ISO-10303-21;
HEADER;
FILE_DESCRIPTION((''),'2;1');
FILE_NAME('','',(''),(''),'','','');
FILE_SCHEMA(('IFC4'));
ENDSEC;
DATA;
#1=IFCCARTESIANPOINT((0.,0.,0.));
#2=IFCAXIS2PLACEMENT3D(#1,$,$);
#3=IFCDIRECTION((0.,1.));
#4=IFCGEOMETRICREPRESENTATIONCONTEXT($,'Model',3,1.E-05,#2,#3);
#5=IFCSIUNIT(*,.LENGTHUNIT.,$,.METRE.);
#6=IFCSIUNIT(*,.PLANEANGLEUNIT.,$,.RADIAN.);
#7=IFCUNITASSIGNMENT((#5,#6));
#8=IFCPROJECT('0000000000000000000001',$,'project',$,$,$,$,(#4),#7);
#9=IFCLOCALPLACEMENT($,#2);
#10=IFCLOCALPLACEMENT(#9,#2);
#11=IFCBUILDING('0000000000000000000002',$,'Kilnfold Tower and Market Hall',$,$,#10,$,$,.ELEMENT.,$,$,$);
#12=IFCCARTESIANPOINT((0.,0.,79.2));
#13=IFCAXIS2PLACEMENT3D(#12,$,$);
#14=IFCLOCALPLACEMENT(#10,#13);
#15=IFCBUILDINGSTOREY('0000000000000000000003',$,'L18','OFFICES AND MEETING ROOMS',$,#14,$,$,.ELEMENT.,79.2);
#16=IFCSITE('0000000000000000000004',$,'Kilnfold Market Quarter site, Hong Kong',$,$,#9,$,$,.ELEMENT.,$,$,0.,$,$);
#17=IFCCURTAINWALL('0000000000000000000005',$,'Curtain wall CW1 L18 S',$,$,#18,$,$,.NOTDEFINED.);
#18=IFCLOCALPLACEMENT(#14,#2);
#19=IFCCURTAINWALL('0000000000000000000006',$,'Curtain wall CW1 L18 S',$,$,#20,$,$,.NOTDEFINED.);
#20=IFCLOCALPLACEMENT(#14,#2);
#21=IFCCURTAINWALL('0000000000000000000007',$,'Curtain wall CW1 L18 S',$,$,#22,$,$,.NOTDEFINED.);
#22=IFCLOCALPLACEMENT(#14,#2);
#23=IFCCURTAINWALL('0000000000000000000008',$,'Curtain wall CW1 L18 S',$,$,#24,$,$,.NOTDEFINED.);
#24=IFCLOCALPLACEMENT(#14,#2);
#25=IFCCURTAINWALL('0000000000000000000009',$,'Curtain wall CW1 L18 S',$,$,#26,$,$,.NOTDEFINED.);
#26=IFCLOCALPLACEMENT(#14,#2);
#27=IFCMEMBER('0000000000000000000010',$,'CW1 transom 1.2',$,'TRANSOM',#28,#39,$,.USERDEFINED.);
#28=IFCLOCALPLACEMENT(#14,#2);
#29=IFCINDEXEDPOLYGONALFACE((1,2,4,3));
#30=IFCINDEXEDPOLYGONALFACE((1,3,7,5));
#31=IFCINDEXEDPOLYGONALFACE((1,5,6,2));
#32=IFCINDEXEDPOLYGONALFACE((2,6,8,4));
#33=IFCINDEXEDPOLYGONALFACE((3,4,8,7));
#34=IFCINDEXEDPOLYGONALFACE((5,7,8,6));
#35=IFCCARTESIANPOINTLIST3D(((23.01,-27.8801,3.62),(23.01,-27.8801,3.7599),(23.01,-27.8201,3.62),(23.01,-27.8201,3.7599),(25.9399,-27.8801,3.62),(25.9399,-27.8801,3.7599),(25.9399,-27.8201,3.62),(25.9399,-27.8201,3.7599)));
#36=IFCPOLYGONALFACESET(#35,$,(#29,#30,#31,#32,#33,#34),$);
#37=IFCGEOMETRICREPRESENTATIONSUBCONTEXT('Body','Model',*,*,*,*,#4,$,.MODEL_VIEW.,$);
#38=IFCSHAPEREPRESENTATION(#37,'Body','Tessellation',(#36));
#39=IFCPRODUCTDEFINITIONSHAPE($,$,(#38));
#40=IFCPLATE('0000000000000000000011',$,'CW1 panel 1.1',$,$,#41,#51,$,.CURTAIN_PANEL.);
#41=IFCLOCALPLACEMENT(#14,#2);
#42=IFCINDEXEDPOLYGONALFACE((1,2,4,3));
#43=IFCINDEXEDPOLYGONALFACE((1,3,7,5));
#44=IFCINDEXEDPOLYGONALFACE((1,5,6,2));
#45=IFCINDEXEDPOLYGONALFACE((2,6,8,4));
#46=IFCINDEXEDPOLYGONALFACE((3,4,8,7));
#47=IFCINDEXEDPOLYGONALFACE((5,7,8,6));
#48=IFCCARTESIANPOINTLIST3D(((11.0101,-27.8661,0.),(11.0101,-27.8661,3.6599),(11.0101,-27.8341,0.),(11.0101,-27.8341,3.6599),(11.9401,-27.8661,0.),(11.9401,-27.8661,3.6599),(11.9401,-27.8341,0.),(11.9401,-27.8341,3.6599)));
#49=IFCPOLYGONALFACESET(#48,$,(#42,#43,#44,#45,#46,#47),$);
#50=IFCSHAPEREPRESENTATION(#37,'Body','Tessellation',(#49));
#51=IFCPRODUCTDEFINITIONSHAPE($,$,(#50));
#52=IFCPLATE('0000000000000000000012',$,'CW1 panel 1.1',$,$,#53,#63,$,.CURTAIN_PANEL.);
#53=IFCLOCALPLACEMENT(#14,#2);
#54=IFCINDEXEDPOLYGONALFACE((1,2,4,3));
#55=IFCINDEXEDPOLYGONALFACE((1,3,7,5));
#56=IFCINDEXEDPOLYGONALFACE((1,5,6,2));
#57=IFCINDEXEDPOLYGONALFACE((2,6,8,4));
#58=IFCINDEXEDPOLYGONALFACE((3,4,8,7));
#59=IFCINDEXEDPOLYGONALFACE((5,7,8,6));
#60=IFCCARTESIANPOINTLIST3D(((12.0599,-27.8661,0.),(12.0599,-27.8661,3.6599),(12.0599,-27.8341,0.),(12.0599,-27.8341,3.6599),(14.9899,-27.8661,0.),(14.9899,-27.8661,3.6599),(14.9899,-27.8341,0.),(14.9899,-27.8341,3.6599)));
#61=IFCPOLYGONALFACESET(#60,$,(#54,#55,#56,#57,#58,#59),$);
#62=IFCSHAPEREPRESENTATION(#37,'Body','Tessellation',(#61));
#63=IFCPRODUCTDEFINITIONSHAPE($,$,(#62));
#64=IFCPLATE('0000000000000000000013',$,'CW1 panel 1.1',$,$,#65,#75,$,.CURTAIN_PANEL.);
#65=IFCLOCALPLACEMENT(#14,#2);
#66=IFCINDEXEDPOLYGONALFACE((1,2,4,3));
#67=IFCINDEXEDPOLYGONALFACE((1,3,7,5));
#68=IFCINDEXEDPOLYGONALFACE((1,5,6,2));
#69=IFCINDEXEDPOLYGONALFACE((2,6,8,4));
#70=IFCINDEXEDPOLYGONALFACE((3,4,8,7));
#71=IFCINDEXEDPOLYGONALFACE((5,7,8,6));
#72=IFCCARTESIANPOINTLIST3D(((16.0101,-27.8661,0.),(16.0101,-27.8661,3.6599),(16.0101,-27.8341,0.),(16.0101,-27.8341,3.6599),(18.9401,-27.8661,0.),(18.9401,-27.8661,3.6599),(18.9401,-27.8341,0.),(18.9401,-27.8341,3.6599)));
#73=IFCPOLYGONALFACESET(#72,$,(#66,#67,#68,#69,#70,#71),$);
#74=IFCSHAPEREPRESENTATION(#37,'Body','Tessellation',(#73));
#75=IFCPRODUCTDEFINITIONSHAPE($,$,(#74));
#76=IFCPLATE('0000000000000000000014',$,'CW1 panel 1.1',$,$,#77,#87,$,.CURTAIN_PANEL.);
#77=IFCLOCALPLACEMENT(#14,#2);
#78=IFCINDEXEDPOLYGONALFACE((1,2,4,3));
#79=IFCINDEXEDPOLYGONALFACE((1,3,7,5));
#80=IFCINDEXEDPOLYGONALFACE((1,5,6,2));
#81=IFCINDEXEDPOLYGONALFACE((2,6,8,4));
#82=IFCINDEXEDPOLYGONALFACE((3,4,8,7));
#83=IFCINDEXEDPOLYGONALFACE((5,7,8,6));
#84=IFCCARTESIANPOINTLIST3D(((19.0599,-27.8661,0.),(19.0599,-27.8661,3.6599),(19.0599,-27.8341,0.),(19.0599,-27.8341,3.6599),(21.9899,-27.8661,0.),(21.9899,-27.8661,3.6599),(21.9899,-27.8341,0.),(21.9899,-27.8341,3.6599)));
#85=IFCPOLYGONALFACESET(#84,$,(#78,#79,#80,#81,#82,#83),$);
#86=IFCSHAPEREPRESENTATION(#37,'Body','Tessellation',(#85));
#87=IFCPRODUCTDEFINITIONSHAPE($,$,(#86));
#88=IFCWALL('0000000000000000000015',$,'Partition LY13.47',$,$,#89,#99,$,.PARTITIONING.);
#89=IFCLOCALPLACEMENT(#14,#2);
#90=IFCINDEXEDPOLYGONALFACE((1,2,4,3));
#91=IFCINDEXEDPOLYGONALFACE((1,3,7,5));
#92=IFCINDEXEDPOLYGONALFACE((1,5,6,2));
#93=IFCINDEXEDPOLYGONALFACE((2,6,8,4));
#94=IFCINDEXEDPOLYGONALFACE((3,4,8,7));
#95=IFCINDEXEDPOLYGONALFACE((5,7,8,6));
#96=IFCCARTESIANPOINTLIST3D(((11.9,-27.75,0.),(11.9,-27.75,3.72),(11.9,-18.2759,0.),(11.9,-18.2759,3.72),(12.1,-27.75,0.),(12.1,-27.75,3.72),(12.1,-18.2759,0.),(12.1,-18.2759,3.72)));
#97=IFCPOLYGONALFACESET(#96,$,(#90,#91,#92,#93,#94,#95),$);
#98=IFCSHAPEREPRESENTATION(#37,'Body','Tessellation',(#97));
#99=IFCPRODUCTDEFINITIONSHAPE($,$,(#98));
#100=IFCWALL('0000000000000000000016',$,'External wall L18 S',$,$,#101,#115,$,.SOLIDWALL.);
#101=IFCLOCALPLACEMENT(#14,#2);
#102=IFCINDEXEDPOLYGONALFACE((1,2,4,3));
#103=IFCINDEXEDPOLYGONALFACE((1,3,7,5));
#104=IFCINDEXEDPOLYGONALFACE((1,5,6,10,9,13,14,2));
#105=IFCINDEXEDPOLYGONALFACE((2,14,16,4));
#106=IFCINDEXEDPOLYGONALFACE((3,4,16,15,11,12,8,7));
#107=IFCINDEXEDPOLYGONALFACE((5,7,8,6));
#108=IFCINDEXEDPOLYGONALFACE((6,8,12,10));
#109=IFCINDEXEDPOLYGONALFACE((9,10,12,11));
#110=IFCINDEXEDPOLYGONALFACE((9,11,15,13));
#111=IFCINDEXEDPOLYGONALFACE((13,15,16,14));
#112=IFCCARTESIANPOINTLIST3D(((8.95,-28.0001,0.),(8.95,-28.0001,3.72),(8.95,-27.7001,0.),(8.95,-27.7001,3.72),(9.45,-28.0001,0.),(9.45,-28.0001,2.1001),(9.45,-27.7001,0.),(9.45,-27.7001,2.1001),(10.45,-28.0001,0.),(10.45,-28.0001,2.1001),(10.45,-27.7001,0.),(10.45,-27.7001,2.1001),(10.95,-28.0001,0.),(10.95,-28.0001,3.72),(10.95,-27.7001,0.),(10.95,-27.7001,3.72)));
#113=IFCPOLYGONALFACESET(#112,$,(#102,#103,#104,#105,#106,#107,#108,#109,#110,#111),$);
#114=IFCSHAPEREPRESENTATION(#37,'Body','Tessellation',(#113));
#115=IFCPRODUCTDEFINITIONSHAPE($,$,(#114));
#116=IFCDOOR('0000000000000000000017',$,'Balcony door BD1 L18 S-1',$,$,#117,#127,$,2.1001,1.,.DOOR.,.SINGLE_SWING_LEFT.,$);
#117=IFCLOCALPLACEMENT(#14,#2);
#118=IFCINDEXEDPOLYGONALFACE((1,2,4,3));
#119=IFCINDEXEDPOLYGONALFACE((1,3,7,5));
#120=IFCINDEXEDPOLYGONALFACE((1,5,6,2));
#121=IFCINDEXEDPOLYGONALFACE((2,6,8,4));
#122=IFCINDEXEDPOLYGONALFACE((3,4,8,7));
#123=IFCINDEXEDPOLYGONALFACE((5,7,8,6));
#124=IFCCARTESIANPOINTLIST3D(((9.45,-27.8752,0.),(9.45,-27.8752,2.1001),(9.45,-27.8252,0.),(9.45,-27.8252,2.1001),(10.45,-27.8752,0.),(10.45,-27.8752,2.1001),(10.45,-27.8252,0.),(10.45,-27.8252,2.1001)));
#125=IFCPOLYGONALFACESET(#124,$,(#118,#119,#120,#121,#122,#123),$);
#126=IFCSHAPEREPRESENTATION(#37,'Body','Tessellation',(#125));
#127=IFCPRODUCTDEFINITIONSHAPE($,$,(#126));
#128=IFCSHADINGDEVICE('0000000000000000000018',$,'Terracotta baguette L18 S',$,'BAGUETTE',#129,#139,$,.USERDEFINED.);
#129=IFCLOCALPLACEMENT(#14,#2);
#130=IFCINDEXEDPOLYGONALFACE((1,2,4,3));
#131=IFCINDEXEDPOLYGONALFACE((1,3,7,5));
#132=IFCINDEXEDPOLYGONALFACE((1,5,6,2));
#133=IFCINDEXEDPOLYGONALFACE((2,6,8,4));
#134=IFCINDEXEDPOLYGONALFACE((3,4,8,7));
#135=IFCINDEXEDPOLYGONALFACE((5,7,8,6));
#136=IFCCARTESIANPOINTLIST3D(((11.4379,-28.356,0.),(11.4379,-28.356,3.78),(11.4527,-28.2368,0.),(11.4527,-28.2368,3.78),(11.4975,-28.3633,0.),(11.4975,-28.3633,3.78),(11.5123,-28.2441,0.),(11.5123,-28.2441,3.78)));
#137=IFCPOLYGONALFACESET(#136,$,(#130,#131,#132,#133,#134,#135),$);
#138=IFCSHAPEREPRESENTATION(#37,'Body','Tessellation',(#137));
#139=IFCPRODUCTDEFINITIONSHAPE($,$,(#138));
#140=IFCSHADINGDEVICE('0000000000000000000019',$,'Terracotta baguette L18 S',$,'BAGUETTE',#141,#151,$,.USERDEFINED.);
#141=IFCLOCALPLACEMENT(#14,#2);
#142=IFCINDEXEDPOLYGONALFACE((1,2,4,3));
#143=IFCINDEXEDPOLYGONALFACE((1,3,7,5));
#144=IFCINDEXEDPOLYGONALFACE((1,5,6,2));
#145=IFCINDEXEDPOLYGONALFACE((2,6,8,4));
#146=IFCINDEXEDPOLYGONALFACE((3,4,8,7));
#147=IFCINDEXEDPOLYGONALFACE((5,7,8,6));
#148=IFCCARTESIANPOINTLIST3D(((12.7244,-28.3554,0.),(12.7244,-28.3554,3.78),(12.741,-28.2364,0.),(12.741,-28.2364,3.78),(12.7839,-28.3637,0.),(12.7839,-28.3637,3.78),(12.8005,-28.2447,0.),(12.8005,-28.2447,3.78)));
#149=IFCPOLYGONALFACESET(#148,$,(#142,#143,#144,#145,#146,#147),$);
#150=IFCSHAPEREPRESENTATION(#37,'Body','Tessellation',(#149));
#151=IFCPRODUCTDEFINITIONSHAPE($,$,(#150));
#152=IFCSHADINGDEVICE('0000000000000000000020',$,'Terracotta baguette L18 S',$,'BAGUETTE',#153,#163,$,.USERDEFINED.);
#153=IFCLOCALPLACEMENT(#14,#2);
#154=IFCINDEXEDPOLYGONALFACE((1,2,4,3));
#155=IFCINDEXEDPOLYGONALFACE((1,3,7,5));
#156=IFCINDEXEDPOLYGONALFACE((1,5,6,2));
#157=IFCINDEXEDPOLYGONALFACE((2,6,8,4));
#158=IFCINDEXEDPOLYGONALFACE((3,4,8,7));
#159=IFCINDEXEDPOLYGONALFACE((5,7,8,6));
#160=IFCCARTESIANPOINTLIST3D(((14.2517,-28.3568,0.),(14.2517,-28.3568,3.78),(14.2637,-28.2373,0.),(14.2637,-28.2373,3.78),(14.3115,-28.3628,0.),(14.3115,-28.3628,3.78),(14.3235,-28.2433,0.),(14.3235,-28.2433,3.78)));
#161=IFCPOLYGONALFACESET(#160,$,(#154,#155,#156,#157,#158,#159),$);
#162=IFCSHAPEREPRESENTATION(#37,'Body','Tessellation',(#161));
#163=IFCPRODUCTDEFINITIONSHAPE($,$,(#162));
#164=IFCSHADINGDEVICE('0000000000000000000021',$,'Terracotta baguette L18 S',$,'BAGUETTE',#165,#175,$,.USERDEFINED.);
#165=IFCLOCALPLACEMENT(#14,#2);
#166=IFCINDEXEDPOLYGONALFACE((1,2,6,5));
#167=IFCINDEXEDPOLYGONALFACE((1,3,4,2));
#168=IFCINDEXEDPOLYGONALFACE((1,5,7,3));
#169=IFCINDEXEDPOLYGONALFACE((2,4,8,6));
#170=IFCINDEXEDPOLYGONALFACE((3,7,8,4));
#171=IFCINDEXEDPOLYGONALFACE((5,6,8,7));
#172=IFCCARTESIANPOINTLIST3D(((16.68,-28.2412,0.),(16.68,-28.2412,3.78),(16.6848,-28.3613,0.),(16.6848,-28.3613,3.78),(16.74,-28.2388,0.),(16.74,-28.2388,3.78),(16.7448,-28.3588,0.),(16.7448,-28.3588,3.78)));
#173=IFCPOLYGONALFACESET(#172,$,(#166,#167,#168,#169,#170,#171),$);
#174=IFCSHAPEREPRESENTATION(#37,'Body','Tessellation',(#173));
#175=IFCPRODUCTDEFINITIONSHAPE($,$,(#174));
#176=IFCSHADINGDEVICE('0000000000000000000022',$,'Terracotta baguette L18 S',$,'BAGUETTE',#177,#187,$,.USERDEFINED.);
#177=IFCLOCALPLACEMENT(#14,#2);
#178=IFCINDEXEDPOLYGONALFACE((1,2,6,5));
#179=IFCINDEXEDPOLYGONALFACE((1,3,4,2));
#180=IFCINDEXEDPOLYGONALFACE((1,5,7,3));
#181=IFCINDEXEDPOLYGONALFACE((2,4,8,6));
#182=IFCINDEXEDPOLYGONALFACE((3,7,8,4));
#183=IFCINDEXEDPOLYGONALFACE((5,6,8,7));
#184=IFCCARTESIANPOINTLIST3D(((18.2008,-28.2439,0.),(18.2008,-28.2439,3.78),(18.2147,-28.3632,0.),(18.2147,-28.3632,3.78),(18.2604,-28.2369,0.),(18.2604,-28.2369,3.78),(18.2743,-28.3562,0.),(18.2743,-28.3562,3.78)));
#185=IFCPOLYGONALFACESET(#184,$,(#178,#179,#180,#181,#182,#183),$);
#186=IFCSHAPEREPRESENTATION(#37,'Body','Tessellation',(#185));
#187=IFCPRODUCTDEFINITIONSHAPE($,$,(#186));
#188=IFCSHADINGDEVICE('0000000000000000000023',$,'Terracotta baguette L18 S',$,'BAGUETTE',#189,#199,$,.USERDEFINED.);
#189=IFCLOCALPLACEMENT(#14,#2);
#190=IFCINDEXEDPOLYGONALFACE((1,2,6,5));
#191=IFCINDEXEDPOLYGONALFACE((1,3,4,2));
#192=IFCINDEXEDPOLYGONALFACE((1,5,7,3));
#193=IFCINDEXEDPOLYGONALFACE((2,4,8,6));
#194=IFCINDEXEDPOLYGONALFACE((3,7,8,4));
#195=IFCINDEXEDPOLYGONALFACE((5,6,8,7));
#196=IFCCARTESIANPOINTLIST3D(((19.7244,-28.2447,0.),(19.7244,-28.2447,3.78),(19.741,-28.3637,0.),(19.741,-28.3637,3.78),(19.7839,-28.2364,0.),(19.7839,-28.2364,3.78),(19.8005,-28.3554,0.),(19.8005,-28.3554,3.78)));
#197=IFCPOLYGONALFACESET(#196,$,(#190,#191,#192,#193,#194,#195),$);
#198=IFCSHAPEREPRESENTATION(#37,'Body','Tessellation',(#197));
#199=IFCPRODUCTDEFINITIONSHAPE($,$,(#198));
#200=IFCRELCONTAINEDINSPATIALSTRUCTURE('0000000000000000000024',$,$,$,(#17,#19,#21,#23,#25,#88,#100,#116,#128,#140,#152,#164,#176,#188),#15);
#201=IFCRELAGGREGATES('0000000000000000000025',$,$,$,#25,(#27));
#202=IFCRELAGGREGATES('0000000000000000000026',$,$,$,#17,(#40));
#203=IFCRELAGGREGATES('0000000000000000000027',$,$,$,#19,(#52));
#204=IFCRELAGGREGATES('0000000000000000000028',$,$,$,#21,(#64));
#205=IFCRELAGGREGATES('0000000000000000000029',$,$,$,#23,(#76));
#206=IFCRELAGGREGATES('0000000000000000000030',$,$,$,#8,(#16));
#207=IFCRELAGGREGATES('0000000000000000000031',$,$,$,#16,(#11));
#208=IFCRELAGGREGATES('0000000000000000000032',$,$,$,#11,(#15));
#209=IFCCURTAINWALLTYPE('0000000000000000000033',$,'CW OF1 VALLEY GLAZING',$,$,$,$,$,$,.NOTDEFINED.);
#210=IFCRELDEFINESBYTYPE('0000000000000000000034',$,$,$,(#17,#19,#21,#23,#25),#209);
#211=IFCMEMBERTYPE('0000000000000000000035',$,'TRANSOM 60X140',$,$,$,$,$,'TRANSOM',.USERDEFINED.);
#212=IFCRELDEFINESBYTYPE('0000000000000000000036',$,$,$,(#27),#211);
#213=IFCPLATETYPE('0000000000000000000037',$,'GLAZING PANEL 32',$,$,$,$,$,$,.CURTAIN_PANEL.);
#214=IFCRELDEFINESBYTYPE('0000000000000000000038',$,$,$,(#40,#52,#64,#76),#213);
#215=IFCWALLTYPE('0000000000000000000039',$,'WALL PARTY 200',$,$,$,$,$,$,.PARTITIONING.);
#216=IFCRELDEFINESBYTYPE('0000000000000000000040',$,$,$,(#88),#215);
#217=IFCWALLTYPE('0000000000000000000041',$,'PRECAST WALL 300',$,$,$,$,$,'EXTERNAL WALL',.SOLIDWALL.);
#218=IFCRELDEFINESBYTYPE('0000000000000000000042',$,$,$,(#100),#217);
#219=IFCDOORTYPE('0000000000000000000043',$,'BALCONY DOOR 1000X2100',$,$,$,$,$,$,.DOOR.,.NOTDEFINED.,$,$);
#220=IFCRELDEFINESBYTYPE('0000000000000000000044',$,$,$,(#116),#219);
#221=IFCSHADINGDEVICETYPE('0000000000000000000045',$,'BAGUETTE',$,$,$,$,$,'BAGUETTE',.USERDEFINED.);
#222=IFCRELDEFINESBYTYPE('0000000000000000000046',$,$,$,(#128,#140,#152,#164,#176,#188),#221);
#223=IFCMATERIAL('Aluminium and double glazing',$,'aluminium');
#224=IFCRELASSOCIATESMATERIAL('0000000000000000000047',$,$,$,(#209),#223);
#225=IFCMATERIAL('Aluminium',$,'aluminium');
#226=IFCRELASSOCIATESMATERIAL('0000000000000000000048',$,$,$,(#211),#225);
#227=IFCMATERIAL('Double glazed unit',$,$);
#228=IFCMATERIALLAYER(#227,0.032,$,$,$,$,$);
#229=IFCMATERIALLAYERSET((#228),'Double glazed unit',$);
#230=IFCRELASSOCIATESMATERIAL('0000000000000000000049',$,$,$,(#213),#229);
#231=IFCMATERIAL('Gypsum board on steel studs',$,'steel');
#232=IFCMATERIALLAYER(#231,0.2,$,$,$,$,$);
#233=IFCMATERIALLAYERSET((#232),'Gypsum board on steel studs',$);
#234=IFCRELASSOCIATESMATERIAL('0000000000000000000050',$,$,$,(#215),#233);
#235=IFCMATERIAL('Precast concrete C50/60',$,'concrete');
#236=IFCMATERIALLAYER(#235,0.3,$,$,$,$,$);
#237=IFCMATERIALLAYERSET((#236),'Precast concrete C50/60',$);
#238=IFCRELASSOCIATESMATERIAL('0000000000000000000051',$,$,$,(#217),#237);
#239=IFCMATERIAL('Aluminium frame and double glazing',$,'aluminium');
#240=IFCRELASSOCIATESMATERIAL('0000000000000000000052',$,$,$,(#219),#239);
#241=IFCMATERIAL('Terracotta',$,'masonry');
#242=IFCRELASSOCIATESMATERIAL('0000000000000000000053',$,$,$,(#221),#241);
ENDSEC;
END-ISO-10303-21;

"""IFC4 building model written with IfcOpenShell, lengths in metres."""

from ifc_helpers import new_model, si_unit, direction, frame, frame_2d, origin, origin_2d, place, context, subcontext, project, spatial, rectangle, extrude, source, transform, mapped, material, layer, layer_set, material_profile, profile_set, type_object, element, fill, aggregate, save


model = new_model("IFC4")

# Units and contexts
model_context = context("Model", 3, precision=1e-05, world=origin(), true_north=direction((0.0, 1.0)))
body_context = subcontext(model_context, "Body", "Model", "MODEL_VIEW")
ifc_project = project(units=[si_unit("LENGTHUNIT", "METRE"), si_unit("PLANEANGLEUNIT", "RADIAN")], contexts=[model_context])

# Site, building, storey
site_placement = place(None, origin())
site = spatial("IfcSite", under=ifc_project, at=site_placement, Name="Kilnfold Market Quarter site, Hong Kong", CompositionType="ELEMENT", RefElevation=0.0)
building_placement = place(site_placement, origin())
building = spatial("IfcBuilding", under=site, at=building_placement, Name="Kilnfold Tower and Market Hall", CompositionType="ELEMENT")
storey_placement = place(building_placement, frame((0.0, 0.0, 79.2)))
storey = spatial("IfcBuildingStorey", under=building, at=storey_placement, Name="L18", Description="OFFICES AND MEETING ROOMS", CompositionType="ELEMENT", Elevation=79.2)

# Curtain walls
ifc_material_1 = material(Name="Aluminium and double glazing", Category="aluminium")
curtain_wall_type = type_object("IfcCurtainWallType", Name="CW OF1 VALLEY GLAZING", PredefinedType="NOTDEFINED", material=ifc_material_1)
curtain_wall_1_placement = place(storey_placement, origin())
curtain_wall_1 = element("IfcCurtainWall", 1, at=curtain_wall_1_placement, inside=storey, type_object=curtain_wall_type, Name="Curtain wall CW1 L18 S", PredefinedType="NOTDEFINED")
curtain_wall_2_placement = place(storey_placement, origin())
curtain_wall_2 = element("IfcCurtainWall", 2, at=curtain_wall_2_placement, inside=storey, type_object=curtain_wall_type, Name="Curtain wall CW1 L18 S", PredefinedType="NOTDEFINED")
curtain_wall_3_placement = place(storey_placement, origin())
curtain_wall_3 = element("IfcCurtainWall", 3, at=curtain_wall_3_placement, inside=storey, type_object=curtain_wall_type, Name="Curtain wall CW1 L18 S", PredefinedType="NOTDEFINED")
curtain_wall_4_placement = place(storey_placement, origin())
curtain_wall_4 = element("IfcCurtainWall", 4, at=curtain_wall_4_placement, inside=storey, type_object=curtain_wall_type, Name="Curtain wall CW1 L18 S", PredefinedType="NOTDEFINED")

# Curtain wall
curtain_wall_5_placement = place(storey_placement, origin())
curtain_wall_5 = element("IfcCurtainWall", 5, at=curtain_wall_5_placement, inside=storey, type_object=curtain_wall_type, Name="Curtain wall CW1 L18 S", PredefinedType="NOTDEFINED")

# Member
ifc_material_2 = material(Name="Aluminium", Category="aluminium")
ifc_material_profile_1 = material_profile(ifc_material_2, rectangle(XDim=0.0601, YDim=0.1399, at=origin_2d()), Name="TRANSOM 60x140")
ifc_profile_set_1 = profile_set([ifc_material_profile_1], Name="Aluminium")
member_type_1 = type_object("IfcMemberType", Name="TRANSOM 60X140", ElementType="TRANSOM", PredefinedType="USERDEFINED", material=ifc_profile_set_1)
shared_shape_1 = source(origin(), body_context, "Body", "SweptSolid", [
    extrude(rectangle(XDim=0.0601, YDim=0.1399, at=origin_2d()), origin(), (0.0, 0.0, 1.0), 2.9299),
])
member_1_placement = place(storey_placement, frame((23.01, -27.8501, 3.6899), z_axis=(1.0, 0.0, 0.0), x_axis=(0.0, 1.0, 0.0)))
member_1 = element("IfcMember", 6, at=member_1_placement, type_object=member_type_1, Name="CW1 transom 1.2", ObjectType="TRANSOM", PredefinedType="USERDEFINED", context=body_context, shape_type="MappedRepresentation", body=[
    mapped(shared_shape_1, transform((0.0, 0.0, 0.0))),
])
aggregate(curtain_wall_5, [member_1])

# Plates
ifc_material_3 = material(Name="Double glazed unit")
ifc_layer_1 = layer(ifc_material_3, 0.032)
ifc_layer_set_1 = layer_set([ifc_layer_1], Name="Double glazed unit")
plate_type = type_object("IfcPlateType", Name="GLAZING PANEL 32", PredefinedType="CURTAIN_PANEL", material=ifc_layer_set_1)
shared_shape_2 = source(origin(), body_context, "Body", "SweptSolid", [
    extrude(rectangle(XDim=0.9299, YDim=0.032, at=origin_2d()), origin(), (0.0, 0.0, 1.0), 3.6599),
])
plate_1_placement = place(storey_placement, frame((11.4751, -27.8501, 0.0), z_axis=(0.0, 0.0, 1.0), x_axis=(1.0, 0.0, 0.0)))
plate_1 = element("IfcPlate", 7, at=plate_1_placement, type_object=plate_type, Name="CW1 panel 1.1", PredefinedType="CURTAIN_PANEL", context=body_context, shape_type="MappedRepresentation", body=[
    mapped(shared_shape_2, transform((0.0, 0.0, 0.0))),
])
aggregate(curtain_wall_1, [plate_1])
shared_shape_3 = source(origin(), body_context, "Body", "SweptSolid", [
    extrude(rectangle(XDim=2.9299, YDim=0.032, at=origin_2d()), origin(), (0.0, 0.0, 1.0), 3.6599),
])
plate_2_placement = place(storey_placement, frame((13.5249, -27.8501, 0.0), z_axis=(0.0, 0.0, 1.0), x_axis=(1.0, 0.0, 0.0)))
plate_2 = element("IfcPlate", 8, at=plate_2_placement, type_object=plate_type, Name="CW1 panel 1.1", PredefinedType="CURTAIN_PANEL", context=body_context, shape_type="MappedRepresentation", body=[
    mapped(shared_shape_3, transform((0.0, 0.0, 0.0))),
])
aggregate(curtain_wall_2, [plate_2])
plate_3_placement = place(storey_placement, frame((17.4751, -27.8501, 0.0), z_axis=(0.0, 0.0, 1.0), x_axis=(1.0, 0.0, 0.0)))
plate_3 = element("IfcPlate", 9, at=plate_3_placement, type_object=plate_type, Name="CW1 panel 1.1", PredefinedType="CURTAIN_PANEL", context=body_context, shape_type="MappedRepresentation", body=[
    mapped(shared_shape_3, transform((0.0, 0.0, 0.0))),
])
aggregate(curtain_wall_3, [plate_3])
plate_4_placement = place(storey_placement, frame((20.5249, -27.8501, 0.0), z_axis=(0.0, 0.0, 1.0), x_axis=(1.0, 0.0, 0.0)))
plate_4 = element("IfcPlate", 10, at=plate_4_placement, type_object=plate_type, Name="CW1 panel 1.1", PredefinedType="CURTAIN_PANEL", context=body_context, shape_type="MappedRepresentation", body=[
    mapped(shared_shape_3, transform((0.0, 0.0, 0.0))),
])
aggregate(curtain_wall_4, [plate_4])

# Wall
ifc_material_4 = material(Name="Gypsum board on steel studs", Category="steel")
ifc_layer_2 = layer(ifc_material_4, 0.2)
ifc_layer_set_2 = layer_set([ifc_layer_2], Name="Gypsum board on steel studs")
wall_type_1 = type_object("IfcWallType", Name="WALL PARTY 200", PredefinedType="PARTITIONING", material=ifc_layer_set_2)
wall_1_placement = place(storey_placement, frame((12.0, -27.75, 0.0), z_axis=(0.0, 0.0, 1.0), x_axis=(0.0, 1.0, 0.0)))
element("IfcWall", 11, at=wall_1_placement, inside=storey, type_object=wall_type_1, Name="Partition LY13.47", PredefinedType="PARTITIONING", context=body_context, shape_type="SweptSolid", body=[
    extrude(rectangle(XDim=9.4741, YDim=0.2, at=frame_2d((4.7371, 0.0))), origin(), (0.0, 0.0, 1.0), 3.72),
])

# Wall, opening, door
ifc_material_5 = material(Name="Precast concrete C50/60", Category="concrete")
ifc_layer_3 = layer(ifc_material_5, 0.3)
ifc_layer_set_3 = layer_set([ifc_layer_3], Name="Precast concrete C50/60")
wall_type_2 = type_object("IfcWallType", Name="PRECAST WALL 300", ElementType="EXTERNAL WALL", PredefinedType="SOLIDWALL", material=ifc_layer_set_3)
shared_shape_4 = source(origin(), body_context, "Body", "SweptSolid", [
    extrude(rectangle(XDim=2.0, YDim=0.3, at=frame_2d((1.0, 0.0))), origin(), (0.0, 0.0, 1.0), 3.72),
])
wall_2_placement = place(storey_placement, frame((8.95, -27.8501, 0.0), z_axis=(0.0, 0.0, 1.0), x_axis=(1.0, 0.0, 0.0)))
wall_2 = element("IfcWall", 12, at=wall_2_placement, inside=storey, type_object=wall_type_2, Name="External wall L18 S", PredefinedType="SOLIDWALL", context=body_context, shape_type="MappedRepresentation", body=[
    mapped(shared_shape_4, transform((0.0, 0.0, 0.0))),
])
opening_placement = place(wall_2_placement, frame((0.5, 0.0, 0.0)))
opening = element("IfcOpeningElement", 13, at=opening_placement, cuts=wall_2, PredefinedType="OPENING", context=body_context, shape_type="SweptSolid", body=[
    extrude(rectangle(XDim=1.0, YDim=2.1001, at=frame_2d((0.5, 1.05))), frame((0.0, 0.1602, 0.0), z_axis=(0.0, -1.0, 0.0), x_axis=(1.0, 0.0, 0.0)), (0.0, 0.0, 1.0), 0.3201),
])
ifc_material_6 = material(Name="Aluminium frame and double glazing", Category="aluminium")
door_type = type_object("IfcDoorType", Name="BALCONY DOOR 1000X2100", OperationType="NOTDEFINED", PredefinedType="DOOR", material=ifc_material_6)
door_placement = place(opening_placement, origin())
door = element("IfcDoor", 14, at=door_placement, inside=storey, type_object=door_type, Name="Balcony door BD1 L18 S-1", OperationType="SINGLE_SWING_LEFT", OverallHeight=2.1001, OverallWidth=1.0, PredefinedType="DOOR", context=body_context, shape_type="SweptSolid", body=[
    extrude(rectangle(XDim=1.0, YDim=2.1001, at=frame_2d((0.5, 1.05))), frame((0.0, 0.0249, 0.0), z_axis=(0.0, -1.0, 0.0), x_axis=(1.0, 0.0, 0.0)), (0.0, 0.0, 1.0), 0.05),
])
fill(opening, door)

# Shading devices
ifc_material_7 = material(Name="Terracotta", Category="masonry")
ifc_material_profile_2 = material_profile(ifc_material_7, rectangle(XDim=0.0601, YDim=0.1201, at=origin_2d()), Name="BAG 60x120")
ifc_profile_set_2 = profile_set([ifc_material_profile_2], Name="Terracotta")
shading_device_type = type_object("IfcShadingDeviceType", Name="BAGUETTE", ElementType="BAGUETTE", PredefinedType="USERDEFINED", material=ifc_profile_set_2)
shared_shape_5 = source(origin(), body_context, "Body", "SweptSolid", [
    extrude(rectangle(XDim=0.0601, YDim=0.1201, at=origin_2d()), origin(), (0.0, 0.0, 1.0), 3.78),
])
for number, where, z_axis, x_axis, name in (
    (15, (11.4751, -28.3, 0.0), (0.0, 0.0, 1.0), (0.992396, -0.123084, 0.0), "Terracotta baguette L18 S"),
    (16, (12.7625, -28.3, 0.0), (0.0, 0.0, 1.0), (0.990348, -0.138603, 0.0), "Terracotta baguette L18 S"),
    (17, (14.2876, -28.3, 0.0), (0.0, 0.0, 1.0), (0.995032, -0.099558, 0.0), "Terracotta baguette L18 S"),
    (18, (16.7124, -28.3, 0.0), (0.0, 0.0, 1.0), (0.999188, 0.040296, 0.0), "Terracotta baguette L18 S"),
    (19, (18.2375, -28.3, 0.0), (0.0, 0.0, 1.0), (0.993309, 0.115487, 0.0), "Terracotta baguette L18 S"),
    (20, (19.7625, -28.3, 0.0), (0.0, 0.0, 1.0), (0.990348, 0.138603, 0.0), "Terracotta baguette L18 S"),
):
    element("IfcShadingDevice", number, at=place(storey_placement, frame(where, z_axis=z_axis, x_axis=x_axis)), inside=storey, type_object=shading_device_type, Name=name, ObjectType="BAGUETTE", PredefinedType="USERDEFINED", context=body_context, shape_type="MappedRepresentation", body=[
        mapped(shared_shape_5, transform((0.0, 0.0, 0.0))),
    ])

save(model, "model.ifc")
